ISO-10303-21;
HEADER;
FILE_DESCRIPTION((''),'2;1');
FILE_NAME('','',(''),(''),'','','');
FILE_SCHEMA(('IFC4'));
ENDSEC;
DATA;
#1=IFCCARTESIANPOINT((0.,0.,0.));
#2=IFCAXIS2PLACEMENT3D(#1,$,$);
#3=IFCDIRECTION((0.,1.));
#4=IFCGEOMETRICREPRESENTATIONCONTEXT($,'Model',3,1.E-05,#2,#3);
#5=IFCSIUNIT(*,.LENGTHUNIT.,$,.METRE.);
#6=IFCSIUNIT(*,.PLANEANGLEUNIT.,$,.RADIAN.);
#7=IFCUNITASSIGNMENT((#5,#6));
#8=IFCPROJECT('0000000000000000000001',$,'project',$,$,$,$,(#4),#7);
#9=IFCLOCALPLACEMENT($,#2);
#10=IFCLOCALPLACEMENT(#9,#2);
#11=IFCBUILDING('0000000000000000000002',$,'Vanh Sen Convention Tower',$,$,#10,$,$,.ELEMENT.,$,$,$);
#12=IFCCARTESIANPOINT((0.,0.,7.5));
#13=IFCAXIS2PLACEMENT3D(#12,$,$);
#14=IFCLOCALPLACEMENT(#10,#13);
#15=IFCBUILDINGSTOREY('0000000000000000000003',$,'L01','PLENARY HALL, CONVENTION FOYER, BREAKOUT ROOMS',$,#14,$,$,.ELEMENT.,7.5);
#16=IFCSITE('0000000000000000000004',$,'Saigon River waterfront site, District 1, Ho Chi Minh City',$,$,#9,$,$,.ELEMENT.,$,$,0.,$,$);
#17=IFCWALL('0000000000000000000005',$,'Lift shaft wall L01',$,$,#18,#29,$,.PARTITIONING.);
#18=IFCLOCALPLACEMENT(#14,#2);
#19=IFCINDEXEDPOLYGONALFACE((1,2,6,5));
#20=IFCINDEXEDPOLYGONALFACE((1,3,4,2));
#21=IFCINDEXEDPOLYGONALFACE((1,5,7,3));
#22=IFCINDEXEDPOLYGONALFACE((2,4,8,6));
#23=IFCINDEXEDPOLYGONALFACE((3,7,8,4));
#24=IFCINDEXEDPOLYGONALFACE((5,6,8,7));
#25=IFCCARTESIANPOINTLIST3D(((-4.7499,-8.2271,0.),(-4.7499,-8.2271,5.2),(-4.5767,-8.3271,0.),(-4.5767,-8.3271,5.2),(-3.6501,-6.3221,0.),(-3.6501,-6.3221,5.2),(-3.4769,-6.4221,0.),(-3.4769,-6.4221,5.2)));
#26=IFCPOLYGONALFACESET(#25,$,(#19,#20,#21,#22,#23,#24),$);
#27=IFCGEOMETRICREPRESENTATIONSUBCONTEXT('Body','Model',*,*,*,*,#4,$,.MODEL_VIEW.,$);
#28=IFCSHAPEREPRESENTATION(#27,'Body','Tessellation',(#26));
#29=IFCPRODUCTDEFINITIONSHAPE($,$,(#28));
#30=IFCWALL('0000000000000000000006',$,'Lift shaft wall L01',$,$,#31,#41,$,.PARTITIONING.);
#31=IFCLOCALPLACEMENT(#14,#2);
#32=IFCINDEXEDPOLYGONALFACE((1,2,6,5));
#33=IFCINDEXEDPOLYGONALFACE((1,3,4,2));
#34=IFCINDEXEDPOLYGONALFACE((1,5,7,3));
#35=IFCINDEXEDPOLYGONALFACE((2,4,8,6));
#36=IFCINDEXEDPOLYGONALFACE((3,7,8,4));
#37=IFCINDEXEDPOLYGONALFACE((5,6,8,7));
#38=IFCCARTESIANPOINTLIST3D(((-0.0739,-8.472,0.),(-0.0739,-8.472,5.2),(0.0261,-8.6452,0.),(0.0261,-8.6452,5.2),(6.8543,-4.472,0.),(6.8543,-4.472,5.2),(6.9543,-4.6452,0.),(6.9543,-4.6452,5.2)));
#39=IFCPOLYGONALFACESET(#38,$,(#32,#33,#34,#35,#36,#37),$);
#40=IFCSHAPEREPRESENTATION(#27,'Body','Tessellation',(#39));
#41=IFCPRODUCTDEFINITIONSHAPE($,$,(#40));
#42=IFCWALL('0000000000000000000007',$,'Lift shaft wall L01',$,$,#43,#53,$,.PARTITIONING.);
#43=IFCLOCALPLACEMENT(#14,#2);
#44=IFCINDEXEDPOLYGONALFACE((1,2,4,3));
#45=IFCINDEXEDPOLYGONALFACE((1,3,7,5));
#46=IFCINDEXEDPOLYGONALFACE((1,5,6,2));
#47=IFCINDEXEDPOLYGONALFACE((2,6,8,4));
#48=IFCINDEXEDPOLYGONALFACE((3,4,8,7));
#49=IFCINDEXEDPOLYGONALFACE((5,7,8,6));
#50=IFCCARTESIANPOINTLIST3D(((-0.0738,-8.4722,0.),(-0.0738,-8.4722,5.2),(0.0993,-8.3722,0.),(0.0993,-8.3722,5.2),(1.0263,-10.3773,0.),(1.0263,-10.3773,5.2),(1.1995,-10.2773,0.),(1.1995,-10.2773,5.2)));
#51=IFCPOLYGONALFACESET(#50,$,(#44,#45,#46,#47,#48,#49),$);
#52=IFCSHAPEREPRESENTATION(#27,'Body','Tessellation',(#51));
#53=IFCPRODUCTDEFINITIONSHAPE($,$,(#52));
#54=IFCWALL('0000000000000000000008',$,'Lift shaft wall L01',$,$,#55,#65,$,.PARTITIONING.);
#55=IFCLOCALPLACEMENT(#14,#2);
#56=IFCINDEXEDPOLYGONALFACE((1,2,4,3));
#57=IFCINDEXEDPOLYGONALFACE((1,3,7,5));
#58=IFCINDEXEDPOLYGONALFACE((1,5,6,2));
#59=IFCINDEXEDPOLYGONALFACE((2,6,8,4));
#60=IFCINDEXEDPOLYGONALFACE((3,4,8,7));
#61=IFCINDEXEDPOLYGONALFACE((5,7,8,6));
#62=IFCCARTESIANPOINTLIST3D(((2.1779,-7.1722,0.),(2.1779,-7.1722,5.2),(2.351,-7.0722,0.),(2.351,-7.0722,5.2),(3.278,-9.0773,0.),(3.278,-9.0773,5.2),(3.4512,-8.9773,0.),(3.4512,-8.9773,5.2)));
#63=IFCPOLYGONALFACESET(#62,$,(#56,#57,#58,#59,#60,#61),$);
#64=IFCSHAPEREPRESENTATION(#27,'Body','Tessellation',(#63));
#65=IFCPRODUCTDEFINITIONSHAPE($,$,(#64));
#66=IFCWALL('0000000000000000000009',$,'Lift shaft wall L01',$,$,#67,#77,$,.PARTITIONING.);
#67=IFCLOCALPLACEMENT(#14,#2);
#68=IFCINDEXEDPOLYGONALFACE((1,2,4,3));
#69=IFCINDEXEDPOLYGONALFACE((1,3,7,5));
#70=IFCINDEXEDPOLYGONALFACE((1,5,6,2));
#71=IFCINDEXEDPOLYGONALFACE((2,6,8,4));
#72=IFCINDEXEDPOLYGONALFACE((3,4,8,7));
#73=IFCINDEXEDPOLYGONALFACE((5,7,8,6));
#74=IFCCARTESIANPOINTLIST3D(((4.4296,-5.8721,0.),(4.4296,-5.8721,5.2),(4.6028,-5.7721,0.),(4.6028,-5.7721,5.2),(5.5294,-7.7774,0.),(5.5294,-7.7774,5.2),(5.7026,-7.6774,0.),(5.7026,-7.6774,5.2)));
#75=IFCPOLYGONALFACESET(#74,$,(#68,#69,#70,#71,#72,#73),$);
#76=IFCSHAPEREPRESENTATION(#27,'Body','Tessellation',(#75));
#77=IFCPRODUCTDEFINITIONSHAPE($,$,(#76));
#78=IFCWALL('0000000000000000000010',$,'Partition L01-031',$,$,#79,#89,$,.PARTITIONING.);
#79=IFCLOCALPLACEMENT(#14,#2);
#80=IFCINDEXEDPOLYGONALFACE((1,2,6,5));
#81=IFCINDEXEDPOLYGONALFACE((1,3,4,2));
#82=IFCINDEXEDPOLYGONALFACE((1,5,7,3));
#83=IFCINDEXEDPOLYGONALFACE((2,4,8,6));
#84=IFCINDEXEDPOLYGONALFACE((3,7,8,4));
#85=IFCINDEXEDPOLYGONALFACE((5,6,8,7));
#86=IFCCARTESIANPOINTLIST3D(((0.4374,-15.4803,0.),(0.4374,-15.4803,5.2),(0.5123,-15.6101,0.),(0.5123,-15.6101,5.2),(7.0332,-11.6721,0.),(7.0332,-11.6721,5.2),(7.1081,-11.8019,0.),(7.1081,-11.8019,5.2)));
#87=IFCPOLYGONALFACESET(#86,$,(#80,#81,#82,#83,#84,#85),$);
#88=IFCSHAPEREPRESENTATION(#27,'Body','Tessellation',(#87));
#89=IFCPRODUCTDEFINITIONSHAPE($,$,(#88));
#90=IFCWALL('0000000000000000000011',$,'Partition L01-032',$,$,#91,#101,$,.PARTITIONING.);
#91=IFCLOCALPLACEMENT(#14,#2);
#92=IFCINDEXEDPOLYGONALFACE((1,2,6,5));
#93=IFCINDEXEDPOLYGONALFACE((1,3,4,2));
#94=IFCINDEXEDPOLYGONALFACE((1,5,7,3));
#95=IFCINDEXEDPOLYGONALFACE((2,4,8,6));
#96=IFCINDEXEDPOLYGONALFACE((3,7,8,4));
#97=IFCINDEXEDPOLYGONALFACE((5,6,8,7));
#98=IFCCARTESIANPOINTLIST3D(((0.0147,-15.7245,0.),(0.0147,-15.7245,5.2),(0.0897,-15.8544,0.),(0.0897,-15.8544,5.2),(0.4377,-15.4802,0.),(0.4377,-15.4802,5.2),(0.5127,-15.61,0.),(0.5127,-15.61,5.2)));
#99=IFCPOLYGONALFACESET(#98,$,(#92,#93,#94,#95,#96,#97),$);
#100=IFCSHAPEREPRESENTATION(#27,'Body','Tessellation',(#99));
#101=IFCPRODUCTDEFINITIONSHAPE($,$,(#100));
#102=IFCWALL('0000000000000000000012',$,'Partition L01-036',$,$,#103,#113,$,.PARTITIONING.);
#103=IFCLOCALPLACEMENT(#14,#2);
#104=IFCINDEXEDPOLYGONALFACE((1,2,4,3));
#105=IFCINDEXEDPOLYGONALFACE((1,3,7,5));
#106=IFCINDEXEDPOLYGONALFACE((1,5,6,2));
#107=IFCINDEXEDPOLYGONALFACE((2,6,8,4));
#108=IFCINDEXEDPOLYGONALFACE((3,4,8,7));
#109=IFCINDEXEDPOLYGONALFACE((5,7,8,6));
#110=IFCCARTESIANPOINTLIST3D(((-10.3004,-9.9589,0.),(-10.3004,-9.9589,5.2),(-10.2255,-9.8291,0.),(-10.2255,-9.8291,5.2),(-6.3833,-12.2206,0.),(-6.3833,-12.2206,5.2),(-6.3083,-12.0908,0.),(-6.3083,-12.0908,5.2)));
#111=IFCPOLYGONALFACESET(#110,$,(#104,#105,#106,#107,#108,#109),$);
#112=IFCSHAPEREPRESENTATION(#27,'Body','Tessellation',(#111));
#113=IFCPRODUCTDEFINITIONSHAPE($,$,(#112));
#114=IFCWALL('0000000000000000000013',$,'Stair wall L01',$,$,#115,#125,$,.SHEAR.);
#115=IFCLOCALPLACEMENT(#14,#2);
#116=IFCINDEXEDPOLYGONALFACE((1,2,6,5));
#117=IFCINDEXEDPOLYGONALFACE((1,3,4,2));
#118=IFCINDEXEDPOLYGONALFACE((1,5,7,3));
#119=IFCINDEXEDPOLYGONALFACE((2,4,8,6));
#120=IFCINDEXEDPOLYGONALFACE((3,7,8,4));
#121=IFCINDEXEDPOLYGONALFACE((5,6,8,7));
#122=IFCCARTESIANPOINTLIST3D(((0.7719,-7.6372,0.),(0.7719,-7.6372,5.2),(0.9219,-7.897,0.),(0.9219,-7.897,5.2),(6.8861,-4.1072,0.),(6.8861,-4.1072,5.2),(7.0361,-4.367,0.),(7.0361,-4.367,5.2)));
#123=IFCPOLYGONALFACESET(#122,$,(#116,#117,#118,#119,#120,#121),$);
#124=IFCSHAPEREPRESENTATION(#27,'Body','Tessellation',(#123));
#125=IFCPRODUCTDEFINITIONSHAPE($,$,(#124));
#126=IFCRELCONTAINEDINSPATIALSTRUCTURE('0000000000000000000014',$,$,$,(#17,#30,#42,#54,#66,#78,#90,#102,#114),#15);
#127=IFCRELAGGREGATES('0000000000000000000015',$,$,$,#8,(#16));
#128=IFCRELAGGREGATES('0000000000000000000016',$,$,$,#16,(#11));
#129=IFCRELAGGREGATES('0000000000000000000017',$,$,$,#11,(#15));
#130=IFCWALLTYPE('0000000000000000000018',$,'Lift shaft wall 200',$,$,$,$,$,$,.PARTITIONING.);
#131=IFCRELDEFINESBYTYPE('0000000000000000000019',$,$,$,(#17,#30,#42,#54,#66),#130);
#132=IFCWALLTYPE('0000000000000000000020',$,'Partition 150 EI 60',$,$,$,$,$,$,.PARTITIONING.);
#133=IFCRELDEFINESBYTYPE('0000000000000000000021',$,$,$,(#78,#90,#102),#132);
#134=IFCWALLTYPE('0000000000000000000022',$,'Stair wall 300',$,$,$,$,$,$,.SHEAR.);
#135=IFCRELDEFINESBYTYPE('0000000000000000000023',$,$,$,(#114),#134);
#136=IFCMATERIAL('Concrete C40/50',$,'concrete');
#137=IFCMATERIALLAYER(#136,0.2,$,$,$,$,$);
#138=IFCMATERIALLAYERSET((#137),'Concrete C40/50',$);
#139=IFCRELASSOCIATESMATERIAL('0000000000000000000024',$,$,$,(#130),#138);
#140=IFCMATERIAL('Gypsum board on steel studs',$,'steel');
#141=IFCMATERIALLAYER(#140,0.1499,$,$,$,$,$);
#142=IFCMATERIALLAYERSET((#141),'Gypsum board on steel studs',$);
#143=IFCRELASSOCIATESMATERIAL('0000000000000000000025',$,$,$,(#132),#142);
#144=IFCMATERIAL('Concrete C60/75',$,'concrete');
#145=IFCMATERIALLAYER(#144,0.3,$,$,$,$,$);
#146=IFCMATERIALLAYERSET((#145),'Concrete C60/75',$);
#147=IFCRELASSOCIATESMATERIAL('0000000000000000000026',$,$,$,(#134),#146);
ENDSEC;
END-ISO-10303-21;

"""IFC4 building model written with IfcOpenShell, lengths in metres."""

from ifc_helpers import new_model, si_unit, direction, frame, frame_2d, origin, place, context, subcontext, project, spatial, rectangle, extrude, material, layer, layer_set, type_object, element, save


model = new_model("IFC4")

# Units and contexts
model_context = context("Model", 3, precision=1e-05, world=origin(), true_north=direction((0.0, 1.0)))
body_context = subcontext(model_context, "Body", "Model", "MODEL_VIEW")
ifc_project = project(units=[si_unit("LENGTHUNIT", "METRE"), si_unit("PLANEANGLEUNIT", "RADIAN")], contexts=[model_context])

# Site, building, storey
site_placement = place(None, origin())
site = spatial("IfcSite", under=ifc_project, at=site_placement, Name="Saigon River waterfront site, District 1, Ho Chi Minh City", CompositionType="ELEMENT", RefElevation=0.0)
building_placement = place(site_placement, origin())
building = spatial("IfcBuilding", under=site, at=building_placement, Name="Vanh Sen Convention Tower", CompositionType="ELEMENT")
storey_placement = place(building_placement, frame((0.0, 0.0, 7.5)))
storey = spatial("IfcBuildingStorey", under=building, at=storey_placement, Name="L01", Description="PLENARY HALL, CONVENTION FOYER, BREAKOUT ROOMS", CompositionType="ELEMENT", Elevation=7.5)

# Walls
ifc_material_1 = material(Name="Concrete C40/50", Category="concrete")
ifc_layer_1 = layer(ifc_material_1, 0.2)
ifc_layer_set_1 = layer_set([ifc_layer_1], Name="Concrete C40/50")
wall_type_1 = type_object("IfcWallType", Name="Lift shaft wall 200", PredefinedType="PARTITIONING", material=ifc_layer_set_1)
wall_1_placement = place(storey_placement, frame((-3.5635, -6.3721, 0.0), z_axis=(0.0, 0.0, 1.0), x_axis=(-0.499995, -0.866028, 0.0)))
element("IfcWall", 1, at=wall_1_placement, inside=storey, type_object=wall_type_1, Name="Lift shaft wall L01", PredefinedType="PARTITIONING", context=body_context, shape_type="SweptSolid", body=[
    extrude(rectangle(XDim=2.1997, YDim=0.2, at=frame_2d((1.0999, 0.0))), origin(), (0.0, 0.0, 1.0), 5.2),
])
wall_2_placement = place(storey_placement, frame((-0.0239, -8.5586, 0.0), z_axis=(0.0, 0.0, 1.0), x_axis=(0.866026, 0.499999, 0.0)))
element("IfcWall", 2, at=wall_2_placement, inside=storey, type_object=wall_type_1, Name="Lift shaft wall L01", PredefinedType="PARTITIONING", context=body_context, shape_type="SweptSolid", body=[
    extrude(rectangle(XDim=8.0, YDim=0.2, at=frame_2d((4.0, 0.0))), origin(), (0.0, 0.0, 1.0), 5.2),
])
for number, where, z_axis, x_axis, name in (
    (3, (0.0127, -8.4221, 0.0), (0.0, 0.0, 1.0), (0.500078, -0.86598, 0.0), "Lift shaft wall L01"),
    (4, (2.2644, -7.1221, 0.0), (0.0, 0.0, 1.0), (0.500078, -0.86598, 0.0), "Lift shaft wall L01"),
    (5, (4.5161, -5.822, 0.0), (0.0, 0.0, 1.0), (0.499947, -0.866056, 0.0), "Lift shaft wall L01"),
):
    element("IfcWall", number, at=place(storey_placement, frame(where, z_axis=z_axis, x_axis=x_axis)), inside=storey, type_object=wall_type_1, Name=name, PredefinedType="PARTITIONING", context=body_context, shape_type="SweptSolid", body=[
        extrude(rectangle(XDim=2.2, YDim=0.2, at=frame_2d((1.1001, 0.0))), origin(), (0.0, 0.0, 1.0), 5.2),
    ])
ifc_material_2 = material(Name="Gypsum board on steel studs", Category="steel")
ifc_layer_2 = layer(ifc_material_2, 0.1499)
ifc_layer_set_2 = layer_set([ifc_layer_2], Name="Gypsum board on steel studs")
wall_type_2 = type_object("IfcWallType", Name="Partition 150 EI 60", PredefinedType="PARTITIONING", material=ifc_layer_set_2)
wall_3_placement = place(storey_placement, frame((0.4749, -15.5452, 0.0), z_axis=(0.0, 0.0, 1.0), x_axis=(0.866021, 0.500007, 0.0)))
element("IfcWall", 6, at=wall_3_placement, inside=storey, type_object=wall_type_2, Name="Partition L01-031", PredefinedType="PARTITIONING", context=body_context, shape_type="SweptSolid", body=[
    extrude(rectangle(XDim=7.6162, YDim=0.1499, at=frame_2d((3.8081, 0.0))), origin(), (0.0, 0.0, 1.0), 5.2),
])
wall_4_placement = place(storey_placement, frame((0.4751, -15.5452, 0.0), z_axis=(0.0, 0.0, 1.0), x_axis=(-0.865928, -0.500169, 0.0)))
element("IfcWall", 7, at=wall_4_placement, inside=storey, type_object=wall_type_2, Name="Partition L01-032", PredefinedType="PARTITIONING", context=body_context, shape_type="SweptSolid", body=[
    extrude(rectangle(XDim=0.4885, YDim=0.1499, at=frame_2d((0.2441, 0.0))), origin(), (0.0, 0.0, 1.0), 5.2),
])
wall_5_placement = place(storey_placement, frame((-6.3457, -12.1558, 0.0), z_axis=(0.0, 0.0, 1.0), x_axis=(-0.866016, 0.500017, 0.0)))
element("IfcWall", 8, at=wall_5_placement, inside=storey, type_object=wall_type_2, Name="Partition L01-036", PredefinedType="PARTITIONING", context=body_context, shape_type="SweptSolid", body=[
    extrude(rectangle(XDim=4.5232, YDim=0.1499, at=frame_2d((2.2617, 0.0))), origin(), (0.0, 0.0, 1.0), 5.2),
])
ifc_material_3 = material(Name="Concrete C60/75", Category="concrete")
ifc_layer_3 = layer(ifc_material_3, 0.3)
ifc_layer_set_3 = layer_set([ifc_layer_3], Name="Concrete C60/75")
wall_type_3 = type_object("IfcWallType", Name="Stair wall 300", PredefinedType="SHEAR", material=ifc_layer_set_3)
wall_6_placement = place(storey_placement, frame((0.8469, -7.7671, 0.0), z_axis=(0.0, 0.0, 1.0), x_axis=(0.866028, 0.499996, 0.0)))
element("IfcWall", 9, at=wall_6_placement, inside=storey, type_object=wall_type_3, Name="Stair wall L01", PredefinedType="SHEAR", context=body_context, shape_type="SweptSolid", body=[
    extrude(rectangle(XDim=7.0601, YDim=0.3, at=frame_2d((3.53, 0.0))), origin(), (0.0, 0.0, 1.0), 5.2),
])

save(model, "model.ifc")
